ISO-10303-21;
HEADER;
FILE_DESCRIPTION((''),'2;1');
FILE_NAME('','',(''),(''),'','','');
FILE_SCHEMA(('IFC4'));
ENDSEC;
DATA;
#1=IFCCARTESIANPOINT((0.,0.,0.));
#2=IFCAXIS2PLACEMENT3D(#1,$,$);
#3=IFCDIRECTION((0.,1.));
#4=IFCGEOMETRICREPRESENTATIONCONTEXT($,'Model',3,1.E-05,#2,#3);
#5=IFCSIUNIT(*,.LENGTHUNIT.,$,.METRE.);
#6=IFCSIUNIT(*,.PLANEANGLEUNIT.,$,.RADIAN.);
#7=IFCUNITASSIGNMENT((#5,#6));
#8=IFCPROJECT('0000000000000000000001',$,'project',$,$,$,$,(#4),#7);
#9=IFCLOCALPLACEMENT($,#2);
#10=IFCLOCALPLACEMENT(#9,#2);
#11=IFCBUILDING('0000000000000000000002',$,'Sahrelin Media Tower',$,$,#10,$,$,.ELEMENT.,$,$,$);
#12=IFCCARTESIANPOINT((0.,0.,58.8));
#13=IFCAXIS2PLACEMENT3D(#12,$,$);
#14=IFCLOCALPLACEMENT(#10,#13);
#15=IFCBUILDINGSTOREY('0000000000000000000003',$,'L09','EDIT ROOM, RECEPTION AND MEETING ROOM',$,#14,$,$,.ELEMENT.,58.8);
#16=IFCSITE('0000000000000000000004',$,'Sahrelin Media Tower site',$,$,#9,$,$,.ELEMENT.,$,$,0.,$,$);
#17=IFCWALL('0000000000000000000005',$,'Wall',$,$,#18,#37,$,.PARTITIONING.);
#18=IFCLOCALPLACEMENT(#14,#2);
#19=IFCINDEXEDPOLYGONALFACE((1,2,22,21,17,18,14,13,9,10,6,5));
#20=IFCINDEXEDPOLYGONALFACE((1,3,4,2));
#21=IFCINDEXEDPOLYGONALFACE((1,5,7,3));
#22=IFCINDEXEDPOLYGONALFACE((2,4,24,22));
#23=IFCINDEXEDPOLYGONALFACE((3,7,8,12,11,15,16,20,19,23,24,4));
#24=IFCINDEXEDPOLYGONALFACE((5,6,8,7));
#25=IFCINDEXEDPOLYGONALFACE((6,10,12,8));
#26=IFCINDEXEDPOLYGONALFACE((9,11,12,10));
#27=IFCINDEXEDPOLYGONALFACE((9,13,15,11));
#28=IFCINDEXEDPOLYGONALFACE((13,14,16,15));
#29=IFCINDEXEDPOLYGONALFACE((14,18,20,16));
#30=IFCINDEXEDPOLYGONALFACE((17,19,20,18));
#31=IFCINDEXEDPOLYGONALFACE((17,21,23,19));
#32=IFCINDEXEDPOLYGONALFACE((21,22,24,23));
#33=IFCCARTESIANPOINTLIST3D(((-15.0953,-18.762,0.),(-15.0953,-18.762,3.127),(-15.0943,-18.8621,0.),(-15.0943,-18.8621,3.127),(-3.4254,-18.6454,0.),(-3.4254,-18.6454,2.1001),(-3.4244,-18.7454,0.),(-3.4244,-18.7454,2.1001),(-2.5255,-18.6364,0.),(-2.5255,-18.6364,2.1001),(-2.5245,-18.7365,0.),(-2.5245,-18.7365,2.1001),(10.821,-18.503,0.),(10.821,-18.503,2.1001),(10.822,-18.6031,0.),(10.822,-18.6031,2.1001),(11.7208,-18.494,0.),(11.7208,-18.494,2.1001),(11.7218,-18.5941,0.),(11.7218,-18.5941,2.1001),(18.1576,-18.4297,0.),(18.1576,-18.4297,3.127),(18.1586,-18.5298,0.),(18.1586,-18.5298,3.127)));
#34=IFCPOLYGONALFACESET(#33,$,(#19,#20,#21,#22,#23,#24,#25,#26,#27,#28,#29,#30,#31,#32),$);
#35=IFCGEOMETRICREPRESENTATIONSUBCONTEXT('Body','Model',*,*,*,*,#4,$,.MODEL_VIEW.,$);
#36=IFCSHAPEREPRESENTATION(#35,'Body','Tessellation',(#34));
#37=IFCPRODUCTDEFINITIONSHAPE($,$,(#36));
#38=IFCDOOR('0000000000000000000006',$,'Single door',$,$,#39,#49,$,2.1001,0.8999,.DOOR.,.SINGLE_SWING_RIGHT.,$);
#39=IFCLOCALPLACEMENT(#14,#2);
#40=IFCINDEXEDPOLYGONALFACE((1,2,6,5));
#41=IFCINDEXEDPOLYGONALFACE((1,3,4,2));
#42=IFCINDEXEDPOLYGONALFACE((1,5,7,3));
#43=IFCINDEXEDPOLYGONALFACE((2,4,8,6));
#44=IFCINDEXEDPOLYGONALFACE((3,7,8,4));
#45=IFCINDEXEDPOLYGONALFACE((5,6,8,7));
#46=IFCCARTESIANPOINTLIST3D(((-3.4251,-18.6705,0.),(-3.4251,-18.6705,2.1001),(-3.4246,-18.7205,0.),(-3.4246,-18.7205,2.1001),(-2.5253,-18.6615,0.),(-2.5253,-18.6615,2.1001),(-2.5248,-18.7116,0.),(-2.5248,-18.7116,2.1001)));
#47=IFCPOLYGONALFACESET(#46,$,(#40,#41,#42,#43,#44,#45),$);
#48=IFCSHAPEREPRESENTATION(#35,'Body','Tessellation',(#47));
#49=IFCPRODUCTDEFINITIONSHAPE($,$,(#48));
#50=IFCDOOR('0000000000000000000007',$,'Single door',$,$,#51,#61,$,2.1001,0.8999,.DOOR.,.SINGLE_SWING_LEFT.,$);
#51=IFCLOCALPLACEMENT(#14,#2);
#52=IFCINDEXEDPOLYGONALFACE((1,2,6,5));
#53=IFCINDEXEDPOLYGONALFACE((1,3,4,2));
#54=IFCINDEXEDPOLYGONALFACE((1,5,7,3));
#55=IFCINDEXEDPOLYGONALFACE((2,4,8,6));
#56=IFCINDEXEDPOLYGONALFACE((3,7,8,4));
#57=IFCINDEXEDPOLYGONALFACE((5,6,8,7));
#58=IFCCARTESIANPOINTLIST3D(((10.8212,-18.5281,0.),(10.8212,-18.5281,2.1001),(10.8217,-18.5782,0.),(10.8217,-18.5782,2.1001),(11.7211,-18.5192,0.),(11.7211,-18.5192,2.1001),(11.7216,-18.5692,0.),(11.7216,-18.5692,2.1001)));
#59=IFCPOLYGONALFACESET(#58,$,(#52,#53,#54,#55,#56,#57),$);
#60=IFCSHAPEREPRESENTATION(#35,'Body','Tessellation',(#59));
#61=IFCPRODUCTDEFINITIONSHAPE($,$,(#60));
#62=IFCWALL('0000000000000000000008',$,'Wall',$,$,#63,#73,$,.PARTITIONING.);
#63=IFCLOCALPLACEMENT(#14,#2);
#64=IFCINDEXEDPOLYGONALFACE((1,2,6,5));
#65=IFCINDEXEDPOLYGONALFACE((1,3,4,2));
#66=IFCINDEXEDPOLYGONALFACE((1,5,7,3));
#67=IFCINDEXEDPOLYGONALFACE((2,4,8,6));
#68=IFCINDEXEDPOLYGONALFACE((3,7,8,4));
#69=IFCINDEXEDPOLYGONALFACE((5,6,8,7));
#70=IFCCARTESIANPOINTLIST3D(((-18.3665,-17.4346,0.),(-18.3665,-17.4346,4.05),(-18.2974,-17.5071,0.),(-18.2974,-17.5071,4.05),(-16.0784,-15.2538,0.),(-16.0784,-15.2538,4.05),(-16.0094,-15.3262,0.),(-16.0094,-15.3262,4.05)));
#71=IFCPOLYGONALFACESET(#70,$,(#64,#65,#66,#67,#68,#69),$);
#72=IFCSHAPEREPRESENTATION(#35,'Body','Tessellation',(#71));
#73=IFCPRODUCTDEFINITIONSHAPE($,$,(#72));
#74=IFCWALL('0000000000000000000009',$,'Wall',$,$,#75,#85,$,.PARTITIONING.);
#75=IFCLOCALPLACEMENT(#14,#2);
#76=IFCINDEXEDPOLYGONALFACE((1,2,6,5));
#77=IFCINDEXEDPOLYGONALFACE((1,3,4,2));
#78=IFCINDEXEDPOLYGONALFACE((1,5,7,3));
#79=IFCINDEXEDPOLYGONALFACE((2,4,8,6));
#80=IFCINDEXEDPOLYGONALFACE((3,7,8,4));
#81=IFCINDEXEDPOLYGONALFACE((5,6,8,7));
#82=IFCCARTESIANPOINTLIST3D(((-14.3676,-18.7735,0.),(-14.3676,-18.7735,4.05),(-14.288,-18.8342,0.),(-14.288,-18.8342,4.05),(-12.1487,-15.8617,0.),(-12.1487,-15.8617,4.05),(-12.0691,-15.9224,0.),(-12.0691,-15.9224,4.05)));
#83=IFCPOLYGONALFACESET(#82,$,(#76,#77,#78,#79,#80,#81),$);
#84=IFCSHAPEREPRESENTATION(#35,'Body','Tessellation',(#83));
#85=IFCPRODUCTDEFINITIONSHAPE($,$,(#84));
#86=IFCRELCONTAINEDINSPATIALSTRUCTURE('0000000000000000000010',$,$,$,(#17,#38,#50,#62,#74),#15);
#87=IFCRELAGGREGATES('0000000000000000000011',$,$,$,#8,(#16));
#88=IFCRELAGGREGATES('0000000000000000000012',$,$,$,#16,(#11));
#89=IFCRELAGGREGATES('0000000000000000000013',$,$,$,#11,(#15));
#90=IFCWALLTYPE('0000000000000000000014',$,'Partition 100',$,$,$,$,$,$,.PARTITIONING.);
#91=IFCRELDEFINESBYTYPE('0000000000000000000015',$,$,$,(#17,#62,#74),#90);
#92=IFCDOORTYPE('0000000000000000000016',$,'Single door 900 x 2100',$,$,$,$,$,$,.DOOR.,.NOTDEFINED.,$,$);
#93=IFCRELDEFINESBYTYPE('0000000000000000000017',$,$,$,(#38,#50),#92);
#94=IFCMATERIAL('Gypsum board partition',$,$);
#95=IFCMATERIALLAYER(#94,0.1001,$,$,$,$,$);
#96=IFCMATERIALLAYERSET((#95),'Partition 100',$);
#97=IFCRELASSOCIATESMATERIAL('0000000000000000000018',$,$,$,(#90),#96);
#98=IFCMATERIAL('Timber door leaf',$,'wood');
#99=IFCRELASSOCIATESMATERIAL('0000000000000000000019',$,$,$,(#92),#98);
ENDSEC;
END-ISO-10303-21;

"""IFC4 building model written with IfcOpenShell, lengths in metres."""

from ifc_helpers import new_model, si_unit, direction, frame, frame_2d, origin, place, context, subcontext, project, spatial, rectangle, extrude, material, layer, layer_set, type_object, element, fill, save


model = new_model("IFC4")

# Units and contexts
model_context = context("Model", 3, precision=1e-05, world=origin(), true_north=direction((0.0, 1.0)))
body_context = subcontext(model_context, "Body", "Model", "MODEL_VIEW")
ifc_project = project(units=[si_unit("LENGTHUNIT", "METRE"), si_unit("PLANEANGLEUNIT", "RADIAN")], contexts=[model_context])

# Site, building, storey
site_placement = place(None, origin())
site = spatial("IfcSite", under=ifc_project, at=site_placement, Name="Sahrelin Media Tower site", CompositionType="ELEMENT", RefElevation=0.0)
building_placement = place(site_placement, origin())
building = spatial("IfcBuilding", under=site, at=building_placement, Name="Sahrelin Media Tower", CompositionType="ELEMENT")
storey_placement = place(building_placement, frame((0.0, 0.0, 58.8)))
storey = spatial("IfcBuildingStorey", under=building, at=storey_placement, Name="L09", Description="EDIT ROOM, RECEPTION AND MEETING ROOM", CompositionType="ELEMENT", Elevation=58.8)

# Wall, openings, doors
ifc_material_1 = material(Name="Gypsum board partition")
ifc_layer_1 = layer(ifc_material_1, 0.1001)
ifc_layer_set_1 = layer_set([ifc_layer_1], Name="Partition 100")
wall_type_1 = type_object("IfcWallType", Name="Partition 100", PredefinedType="PARTITIONING", material=ifc_layer_set_1)
wall_1_placement = place(storey_placement, frame((-15.095, -18.812, 0.0), z_axis=(0.0, 0.0, 1.0), x_axis=(0.99995, 0.009992, 0.0)))
wall_1 = element("IfcWall", 1, at=wall_1_placement, inside=storey, type_object=wall_type_1, Name="Wall", PredefinedType="PARTITIONING", context=body_context, shape_type="SweptSolid", body=[
    extrude(rectangle(XDim=33.2546, YDim=0.1001, at=frame_2d((16.6274, 0.0))), origin(), (0.0, 0.0, 1.0), 3.127),
])
opening_1_placement = place(wall_1_placement, frame((11.6707, 0.0, 0.0)))
opening_1 = element("IfcOpeningElement", 2, at=opening_1_placement, cuts=wall_1, PredefinedType="OPENING", context=body_context, shape_type="SweptSolid", body=[
    extrude(rectangle(XDim=0.8999, YDim=2.1001, at=frame_2d((0.45, 1.05))), frame((0.0, 0.05, 0.0), z_axis=(0.0, -1.0, 0.0), x_axis=(1.0, 0.0, 0.0)), (0.0, 0.0, 1.0), 0.1001),
])
opening_2_placement = place(wall_1_placement, frame((25.9177, 0.0, 0.0)))
opening_2 = element("IfcOpeningElement", 3, at=opening_2_placement, cuts=wall_1, PredefinedType="OPENING", context=body_context, shape_type="SweptSolid", body=[
    extrude(rectangle(XDim=0.8999, YDim=2.1001, at=frame_2d((0.45, 1.05))), frame((0.0, 0.05, 0.0), z_axis=(0.0, -1.0, 0.0), x_axis=(1.0, 0.0, 0.0)), (0.0, 0.0, 1.0), 0.1001),
])
ifc_material_2 = material(Name="Timber door leaf", Category="wood")
door_type_1 = type_object("IfcDoorType", Name="Single door 900 x 2100", OperationType="NOTDEFINED", PredefinedType="DOOR", material=ifc_material_2)
door_1_placement = place(opening_1_placement, origin())
door_1 = element("IfcDoor", 4, at=door_1_placement, inside=storey, type_object=door_type_1, Name="Single door", OperationType="SINGLE_SWING_RIGHT", OverallHeight=2.1001, OverallWidth=0.8999, PredefinedType="DOOR", context=body_context, shape_type="SweptSolid", body=[
    extrude(rectangle(XDim=0.8999, YDim=2.1001, at=frame_2d((0.45, 1.05))), frame((0.0, 0.0249, 0.0), z_axis=(0.0, -1.0, 0.0), x_axis=(1.0, 0.0, 0.0)), (0.0, 0.0, 1.0), 0.05),
])
fill(opening_1, door_1)
door_2_placement = place(opening_2_placement, origin())
door_2 = element("IfcDoor", 5, at=door_2_placement, inside=storey, type_object=door_type_1, Name="Single door", OperationType="SINGLE_SWING_LEFT", OverallHeight=2.1001, OverallWidth=0.8999, PredefinedType="DOOR", context=body_context, shape_type="SweptSolid", body=[
    extrude(rectangle(XDim=0.8999, YDim=2.1001, at=frame_2d((0.45, 1.05))), frame((0.0, 0.0249, 0.0), z_axis=(0.0, -1.0, 0.0), x_axis=(1.0, 0.0, 0.0)), (0.0, 0.0, 1.0), 0.05),
])
fill(opening_2, door_2)

# Walls
wall_2_placement = place(storey_placement, frame((-18.332, -17.4709, 0.0), z_axis=(0.0, 0.0, 1.0), x_axis=(0.723857, 0.68995, 0.0)))
element("IfcWall", 6, at=wall_2_placement, inside=storey, type_object=wall_type_1, Name="Wall", PredefinedType="PARTITIONING", context=body_context, shape_type="SweptSolid", body=[
    extrude(rectangle(XDim=3.1609, YDim=0.1001, at=frame_2d((1.5806, 0.0))), origin(), (0.0, 0.0, 1.0), 4.05),
])
wall_3_placement = place(storey_placement, frame((-14.3279, -18.804, 0.0), z_axis=(0.0, 0.0, 1.0), x_axis=(0.606118, 0.795375, 0.0)))
element("IfcWall", 7, at=wall_3_placement, inside=storey, type_object=wall_type_1, Name="Wall", PredefinedType="PARTITIONING", context=body_context, shape_type="SweptSolid", body=[
    extrude(rectangle(XDim=3.6609, YDim=0.1001, at=frame_2d((1.8306, 0.0))), origin(), (0.0, 0.0, 1.0), 4.05),
])

save(model, "model.ifc")
